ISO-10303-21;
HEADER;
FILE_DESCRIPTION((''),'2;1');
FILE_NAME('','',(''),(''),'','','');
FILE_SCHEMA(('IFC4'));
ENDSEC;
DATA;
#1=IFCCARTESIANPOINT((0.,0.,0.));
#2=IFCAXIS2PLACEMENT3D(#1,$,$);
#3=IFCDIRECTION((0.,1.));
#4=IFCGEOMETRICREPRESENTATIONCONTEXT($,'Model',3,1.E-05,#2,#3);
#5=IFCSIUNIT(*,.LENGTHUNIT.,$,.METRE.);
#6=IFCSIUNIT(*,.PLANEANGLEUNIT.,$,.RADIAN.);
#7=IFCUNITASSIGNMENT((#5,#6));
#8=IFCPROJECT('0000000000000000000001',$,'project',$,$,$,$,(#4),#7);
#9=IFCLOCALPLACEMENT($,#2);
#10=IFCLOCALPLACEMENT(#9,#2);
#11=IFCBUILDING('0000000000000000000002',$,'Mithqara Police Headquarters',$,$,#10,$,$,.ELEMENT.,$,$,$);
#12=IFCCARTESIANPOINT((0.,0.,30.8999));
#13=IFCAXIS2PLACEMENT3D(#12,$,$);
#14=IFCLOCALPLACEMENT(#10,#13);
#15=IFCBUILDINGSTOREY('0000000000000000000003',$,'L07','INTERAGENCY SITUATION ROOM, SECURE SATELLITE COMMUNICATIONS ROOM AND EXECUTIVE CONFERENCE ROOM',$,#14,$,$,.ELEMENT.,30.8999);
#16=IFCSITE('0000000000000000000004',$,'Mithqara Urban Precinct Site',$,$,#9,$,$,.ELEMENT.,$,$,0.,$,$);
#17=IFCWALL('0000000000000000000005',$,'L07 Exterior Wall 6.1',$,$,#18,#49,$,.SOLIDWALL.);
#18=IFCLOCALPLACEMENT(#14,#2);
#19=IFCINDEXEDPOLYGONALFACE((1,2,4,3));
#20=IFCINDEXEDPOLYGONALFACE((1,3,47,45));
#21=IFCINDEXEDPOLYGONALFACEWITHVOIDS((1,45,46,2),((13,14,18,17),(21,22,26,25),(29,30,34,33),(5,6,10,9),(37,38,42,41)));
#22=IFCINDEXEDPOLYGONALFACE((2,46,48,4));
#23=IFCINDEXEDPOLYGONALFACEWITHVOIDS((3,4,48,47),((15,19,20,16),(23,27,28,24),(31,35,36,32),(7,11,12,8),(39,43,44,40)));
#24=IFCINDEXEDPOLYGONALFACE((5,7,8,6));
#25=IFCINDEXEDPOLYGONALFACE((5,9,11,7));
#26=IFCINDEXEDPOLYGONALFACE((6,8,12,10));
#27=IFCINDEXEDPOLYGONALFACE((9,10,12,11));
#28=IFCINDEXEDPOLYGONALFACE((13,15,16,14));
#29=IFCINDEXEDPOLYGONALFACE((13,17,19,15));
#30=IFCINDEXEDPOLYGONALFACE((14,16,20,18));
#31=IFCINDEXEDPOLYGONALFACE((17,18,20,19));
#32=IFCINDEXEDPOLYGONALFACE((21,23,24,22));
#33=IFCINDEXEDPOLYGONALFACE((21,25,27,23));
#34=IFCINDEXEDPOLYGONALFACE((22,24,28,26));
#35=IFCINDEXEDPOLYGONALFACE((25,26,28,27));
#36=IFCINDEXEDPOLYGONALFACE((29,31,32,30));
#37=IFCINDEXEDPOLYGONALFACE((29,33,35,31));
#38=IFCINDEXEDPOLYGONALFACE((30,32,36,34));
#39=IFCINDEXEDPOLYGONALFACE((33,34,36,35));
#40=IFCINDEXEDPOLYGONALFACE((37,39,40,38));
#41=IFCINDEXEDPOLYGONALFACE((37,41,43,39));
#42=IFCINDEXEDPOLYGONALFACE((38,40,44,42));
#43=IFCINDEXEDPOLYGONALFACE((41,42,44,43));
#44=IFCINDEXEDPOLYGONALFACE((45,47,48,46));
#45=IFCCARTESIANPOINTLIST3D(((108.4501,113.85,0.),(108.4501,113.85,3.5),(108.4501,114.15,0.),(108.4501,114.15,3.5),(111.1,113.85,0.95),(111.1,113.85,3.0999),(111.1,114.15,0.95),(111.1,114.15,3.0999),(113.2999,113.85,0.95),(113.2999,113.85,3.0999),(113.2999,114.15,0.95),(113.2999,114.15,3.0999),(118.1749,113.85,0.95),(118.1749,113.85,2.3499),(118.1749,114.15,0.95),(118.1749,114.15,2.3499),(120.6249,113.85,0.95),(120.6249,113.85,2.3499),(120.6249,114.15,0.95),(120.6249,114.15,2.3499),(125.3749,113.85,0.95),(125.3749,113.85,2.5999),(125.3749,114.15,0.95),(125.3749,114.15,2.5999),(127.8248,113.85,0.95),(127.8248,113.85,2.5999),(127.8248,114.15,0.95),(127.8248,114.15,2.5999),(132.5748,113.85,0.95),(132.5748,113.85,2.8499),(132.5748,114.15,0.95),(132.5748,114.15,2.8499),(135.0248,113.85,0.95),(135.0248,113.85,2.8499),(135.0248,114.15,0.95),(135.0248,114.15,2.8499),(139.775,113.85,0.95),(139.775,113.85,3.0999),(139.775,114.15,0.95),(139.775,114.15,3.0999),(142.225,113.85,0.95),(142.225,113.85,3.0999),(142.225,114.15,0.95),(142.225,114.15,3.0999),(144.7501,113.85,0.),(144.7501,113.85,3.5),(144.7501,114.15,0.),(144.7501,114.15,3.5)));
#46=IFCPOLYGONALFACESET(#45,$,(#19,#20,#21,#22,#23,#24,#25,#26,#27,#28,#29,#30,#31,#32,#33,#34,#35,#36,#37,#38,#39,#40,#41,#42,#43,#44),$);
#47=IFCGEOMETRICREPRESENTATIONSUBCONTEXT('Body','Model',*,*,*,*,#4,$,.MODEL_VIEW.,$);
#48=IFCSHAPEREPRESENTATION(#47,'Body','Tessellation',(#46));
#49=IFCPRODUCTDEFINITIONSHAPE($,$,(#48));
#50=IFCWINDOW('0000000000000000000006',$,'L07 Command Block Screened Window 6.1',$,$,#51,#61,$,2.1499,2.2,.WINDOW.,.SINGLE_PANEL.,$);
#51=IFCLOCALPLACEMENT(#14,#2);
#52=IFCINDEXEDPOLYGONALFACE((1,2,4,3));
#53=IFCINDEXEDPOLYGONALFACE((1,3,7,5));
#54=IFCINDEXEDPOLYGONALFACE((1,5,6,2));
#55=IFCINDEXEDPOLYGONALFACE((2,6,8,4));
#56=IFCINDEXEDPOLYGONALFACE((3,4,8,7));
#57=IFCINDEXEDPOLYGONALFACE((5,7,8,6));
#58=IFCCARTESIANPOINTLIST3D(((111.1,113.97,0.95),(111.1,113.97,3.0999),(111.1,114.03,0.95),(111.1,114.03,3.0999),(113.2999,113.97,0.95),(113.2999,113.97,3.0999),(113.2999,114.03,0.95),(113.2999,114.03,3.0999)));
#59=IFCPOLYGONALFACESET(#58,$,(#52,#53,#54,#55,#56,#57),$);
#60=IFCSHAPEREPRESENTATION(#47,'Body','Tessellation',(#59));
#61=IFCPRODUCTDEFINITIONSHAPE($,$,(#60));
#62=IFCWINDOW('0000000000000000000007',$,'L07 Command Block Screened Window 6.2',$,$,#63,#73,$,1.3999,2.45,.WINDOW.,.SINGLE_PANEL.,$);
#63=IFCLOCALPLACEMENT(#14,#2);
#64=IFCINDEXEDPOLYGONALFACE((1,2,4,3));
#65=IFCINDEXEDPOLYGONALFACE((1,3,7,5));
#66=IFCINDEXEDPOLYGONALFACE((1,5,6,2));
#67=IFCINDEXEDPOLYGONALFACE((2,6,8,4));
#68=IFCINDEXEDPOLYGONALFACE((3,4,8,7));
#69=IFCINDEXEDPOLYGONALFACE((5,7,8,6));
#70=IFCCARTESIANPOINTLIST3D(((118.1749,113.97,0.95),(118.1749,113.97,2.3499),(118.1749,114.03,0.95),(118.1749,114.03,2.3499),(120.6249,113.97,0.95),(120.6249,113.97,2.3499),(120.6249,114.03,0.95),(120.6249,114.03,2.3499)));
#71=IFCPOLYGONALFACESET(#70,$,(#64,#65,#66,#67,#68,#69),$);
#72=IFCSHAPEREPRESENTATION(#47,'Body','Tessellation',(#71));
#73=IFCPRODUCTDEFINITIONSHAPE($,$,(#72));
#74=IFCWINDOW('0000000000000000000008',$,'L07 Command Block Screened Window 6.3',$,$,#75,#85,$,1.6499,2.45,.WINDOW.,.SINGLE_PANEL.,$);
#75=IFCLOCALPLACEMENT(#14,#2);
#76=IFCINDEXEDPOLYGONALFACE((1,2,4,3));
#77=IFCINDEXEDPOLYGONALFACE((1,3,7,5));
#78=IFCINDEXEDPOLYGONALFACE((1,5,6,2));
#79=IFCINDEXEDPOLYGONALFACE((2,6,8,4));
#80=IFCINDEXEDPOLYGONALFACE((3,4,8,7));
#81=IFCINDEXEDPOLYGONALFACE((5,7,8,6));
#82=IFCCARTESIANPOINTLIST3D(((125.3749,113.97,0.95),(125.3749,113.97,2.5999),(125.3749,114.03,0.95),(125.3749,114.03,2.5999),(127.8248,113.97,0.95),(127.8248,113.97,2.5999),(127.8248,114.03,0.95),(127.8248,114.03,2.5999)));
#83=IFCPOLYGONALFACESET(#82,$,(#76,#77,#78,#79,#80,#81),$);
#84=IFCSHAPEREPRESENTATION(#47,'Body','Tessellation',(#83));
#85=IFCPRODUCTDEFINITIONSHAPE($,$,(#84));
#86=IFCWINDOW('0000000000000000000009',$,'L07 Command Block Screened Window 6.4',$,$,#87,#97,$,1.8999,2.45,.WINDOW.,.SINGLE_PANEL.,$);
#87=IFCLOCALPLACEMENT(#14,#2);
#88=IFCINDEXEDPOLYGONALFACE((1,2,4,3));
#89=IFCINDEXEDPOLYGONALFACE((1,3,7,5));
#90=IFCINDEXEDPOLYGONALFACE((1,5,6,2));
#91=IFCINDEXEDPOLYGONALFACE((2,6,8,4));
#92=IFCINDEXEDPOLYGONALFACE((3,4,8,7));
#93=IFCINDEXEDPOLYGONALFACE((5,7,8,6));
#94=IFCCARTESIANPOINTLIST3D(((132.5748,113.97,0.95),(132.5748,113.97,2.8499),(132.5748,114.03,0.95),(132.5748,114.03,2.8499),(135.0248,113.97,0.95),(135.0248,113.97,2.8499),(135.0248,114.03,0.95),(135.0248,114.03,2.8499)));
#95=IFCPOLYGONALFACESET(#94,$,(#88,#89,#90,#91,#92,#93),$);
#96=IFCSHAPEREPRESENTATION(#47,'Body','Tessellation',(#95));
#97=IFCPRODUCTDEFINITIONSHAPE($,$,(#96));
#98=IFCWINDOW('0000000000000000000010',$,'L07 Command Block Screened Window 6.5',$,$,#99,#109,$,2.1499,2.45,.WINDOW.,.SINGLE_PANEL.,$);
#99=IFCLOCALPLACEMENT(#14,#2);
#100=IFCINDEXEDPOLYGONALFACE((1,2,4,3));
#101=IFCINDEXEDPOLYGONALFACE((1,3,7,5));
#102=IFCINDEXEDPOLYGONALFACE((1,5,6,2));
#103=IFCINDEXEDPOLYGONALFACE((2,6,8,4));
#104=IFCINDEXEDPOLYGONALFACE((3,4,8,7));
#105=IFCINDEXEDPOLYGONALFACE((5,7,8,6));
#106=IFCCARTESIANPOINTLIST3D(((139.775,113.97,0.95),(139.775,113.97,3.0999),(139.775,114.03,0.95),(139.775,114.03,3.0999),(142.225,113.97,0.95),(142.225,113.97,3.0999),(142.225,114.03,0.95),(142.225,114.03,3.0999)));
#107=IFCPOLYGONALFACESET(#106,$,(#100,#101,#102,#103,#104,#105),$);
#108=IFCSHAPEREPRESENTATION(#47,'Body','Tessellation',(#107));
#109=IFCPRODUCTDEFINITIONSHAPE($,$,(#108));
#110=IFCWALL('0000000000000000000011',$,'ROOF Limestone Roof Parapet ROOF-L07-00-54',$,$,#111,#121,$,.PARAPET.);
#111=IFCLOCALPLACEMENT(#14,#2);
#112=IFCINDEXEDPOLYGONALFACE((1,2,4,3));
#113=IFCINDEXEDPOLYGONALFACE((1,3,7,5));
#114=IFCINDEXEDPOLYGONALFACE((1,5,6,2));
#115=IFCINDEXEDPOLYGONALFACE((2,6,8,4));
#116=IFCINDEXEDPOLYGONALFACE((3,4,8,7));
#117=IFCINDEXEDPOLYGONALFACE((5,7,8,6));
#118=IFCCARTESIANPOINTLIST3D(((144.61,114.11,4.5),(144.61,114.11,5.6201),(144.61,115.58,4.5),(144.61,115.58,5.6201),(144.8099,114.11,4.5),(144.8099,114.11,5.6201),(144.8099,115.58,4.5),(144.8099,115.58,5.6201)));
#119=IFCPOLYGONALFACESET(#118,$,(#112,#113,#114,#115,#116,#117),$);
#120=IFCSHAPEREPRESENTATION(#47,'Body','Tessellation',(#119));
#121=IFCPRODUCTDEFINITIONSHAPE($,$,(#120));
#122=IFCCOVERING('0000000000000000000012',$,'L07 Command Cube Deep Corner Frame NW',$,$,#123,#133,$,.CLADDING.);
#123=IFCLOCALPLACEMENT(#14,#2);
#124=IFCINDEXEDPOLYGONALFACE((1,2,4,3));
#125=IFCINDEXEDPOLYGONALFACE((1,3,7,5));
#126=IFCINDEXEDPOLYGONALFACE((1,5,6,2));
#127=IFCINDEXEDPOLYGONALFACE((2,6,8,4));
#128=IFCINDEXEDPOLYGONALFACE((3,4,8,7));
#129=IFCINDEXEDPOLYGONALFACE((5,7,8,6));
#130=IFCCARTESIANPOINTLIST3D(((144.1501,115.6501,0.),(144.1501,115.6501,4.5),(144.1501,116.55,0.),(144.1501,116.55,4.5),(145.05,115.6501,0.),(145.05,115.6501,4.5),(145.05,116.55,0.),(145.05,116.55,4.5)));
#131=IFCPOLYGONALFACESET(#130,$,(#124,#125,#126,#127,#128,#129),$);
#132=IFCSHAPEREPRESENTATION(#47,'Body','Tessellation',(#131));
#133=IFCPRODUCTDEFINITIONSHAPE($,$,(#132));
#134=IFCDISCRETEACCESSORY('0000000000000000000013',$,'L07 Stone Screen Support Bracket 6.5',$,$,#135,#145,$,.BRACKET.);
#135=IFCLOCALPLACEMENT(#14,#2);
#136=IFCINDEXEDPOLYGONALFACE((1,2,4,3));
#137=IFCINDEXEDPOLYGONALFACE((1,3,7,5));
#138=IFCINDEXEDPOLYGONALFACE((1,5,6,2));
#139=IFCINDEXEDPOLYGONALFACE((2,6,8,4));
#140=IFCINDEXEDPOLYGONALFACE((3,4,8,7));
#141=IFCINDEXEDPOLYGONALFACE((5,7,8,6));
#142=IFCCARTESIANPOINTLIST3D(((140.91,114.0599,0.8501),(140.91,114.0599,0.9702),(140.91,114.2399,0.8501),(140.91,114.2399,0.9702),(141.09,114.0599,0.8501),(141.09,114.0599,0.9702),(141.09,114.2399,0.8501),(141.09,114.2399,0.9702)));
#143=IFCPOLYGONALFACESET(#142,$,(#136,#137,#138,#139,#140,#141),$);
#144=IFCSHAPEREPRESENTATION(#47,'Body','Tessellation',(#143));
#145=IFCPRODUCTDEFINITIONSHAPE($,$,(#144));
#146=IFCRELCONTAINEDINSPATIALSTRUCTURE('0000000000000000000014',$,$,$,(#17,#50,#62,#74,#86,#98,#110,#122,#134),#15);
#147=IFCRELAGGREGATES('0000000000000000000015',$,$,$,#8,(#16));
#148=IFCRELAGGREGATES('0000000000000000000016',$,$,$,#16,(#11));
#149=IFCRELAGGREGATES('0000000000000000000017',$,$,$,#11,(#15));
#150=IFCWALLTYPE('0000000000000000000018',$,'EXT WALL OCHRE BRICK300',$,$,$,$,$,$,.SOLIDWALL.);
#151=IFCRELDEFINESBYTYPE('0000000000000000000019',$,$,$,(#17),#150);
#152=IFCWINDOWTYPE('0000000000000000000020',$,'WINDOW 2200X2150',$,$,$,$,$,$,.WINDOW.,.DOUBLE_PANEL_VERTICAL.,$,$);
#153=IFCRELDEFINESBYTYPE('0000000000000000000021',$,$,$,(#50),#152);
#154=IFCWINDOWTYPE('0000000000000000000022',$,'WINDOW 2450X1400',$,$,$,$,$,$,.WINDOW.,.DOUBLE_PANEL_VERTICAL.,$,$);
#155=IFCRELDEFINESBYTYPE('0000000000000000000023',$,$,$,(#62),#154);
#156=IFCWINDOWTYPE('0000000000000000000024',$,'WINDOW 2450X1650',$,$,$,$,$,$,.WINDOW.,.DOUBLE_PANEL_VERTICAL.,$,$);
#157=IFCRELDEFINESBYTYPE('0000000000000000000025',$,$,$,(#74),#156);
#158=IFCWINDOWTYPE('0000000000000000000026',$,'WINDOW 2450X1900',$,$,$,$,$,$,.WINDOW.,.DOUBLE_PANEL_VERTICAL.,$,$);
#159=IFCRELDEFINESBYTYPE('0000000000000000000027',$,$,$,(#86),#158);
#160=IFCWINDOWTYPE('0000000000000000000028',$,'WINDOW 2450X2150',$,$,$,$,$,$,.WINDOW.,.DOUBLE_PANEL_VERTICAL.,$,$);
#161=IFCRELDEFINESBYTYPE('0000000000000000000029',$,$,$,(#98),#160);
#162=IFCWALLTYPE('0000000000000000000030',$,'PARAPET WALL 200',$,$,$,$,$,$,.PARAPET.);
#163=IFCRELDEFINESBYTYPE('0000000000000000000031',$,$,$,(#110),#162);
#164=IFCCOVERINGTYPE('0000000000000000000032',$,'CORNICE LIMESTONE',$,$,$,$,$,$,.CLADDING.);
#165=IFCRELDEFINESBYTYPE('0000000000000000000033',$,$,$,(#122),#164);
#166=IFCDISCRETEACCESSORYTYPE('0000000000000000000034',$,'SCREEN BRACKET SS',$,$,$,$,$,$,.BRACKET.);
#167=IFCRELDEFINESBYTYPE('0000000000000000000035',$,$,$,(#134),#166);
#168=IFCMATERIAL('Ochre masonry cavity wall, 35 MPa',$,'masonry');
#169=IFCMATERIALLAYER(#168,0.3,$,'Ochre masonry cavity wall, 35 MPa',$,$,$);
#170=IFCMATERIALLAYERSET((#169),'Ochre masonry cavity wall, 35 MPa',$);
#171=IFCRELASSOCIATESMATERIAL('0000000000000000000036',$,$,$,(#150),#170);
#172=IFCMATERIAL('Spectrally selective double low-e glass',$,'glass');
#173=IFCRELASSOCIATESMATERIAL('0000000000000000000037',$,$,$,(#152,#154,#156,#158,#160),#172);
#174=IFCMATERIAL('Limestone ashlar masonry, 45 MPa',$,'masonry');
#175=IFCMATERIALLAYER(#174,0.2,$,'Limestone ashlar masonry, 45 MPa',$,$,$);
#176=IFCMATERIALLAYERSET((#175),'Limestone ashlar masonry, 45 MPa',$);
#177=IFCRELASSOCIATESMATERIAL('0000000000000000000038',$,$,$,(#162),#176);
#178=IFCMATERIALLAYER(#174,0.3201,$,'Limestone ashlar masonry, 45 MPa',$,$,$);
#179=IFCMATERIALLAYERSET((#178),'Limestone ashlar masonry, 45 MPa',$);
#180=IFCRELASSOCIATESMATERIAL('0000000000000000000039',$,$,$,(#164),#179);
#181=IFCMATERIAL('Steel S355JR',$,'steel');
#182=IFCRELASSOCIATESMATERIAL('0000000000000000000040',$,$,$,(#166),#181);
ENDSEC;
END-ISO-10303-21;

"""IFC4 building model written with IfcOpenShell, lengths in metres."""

from ifc_helpers import new_model, si_unit, direction, frame, frame_2d, origin, origin_2d, place, context, subcontext, project, spatial, rectangle, extrude, material, layer, layer_set, type_object, element, fill, save


model = new_model("IFC4")

# Units and contexts
model_context = context("Model", 3, precision=1e-05, world=origin(), true_north=direction((0.0, 1.0)))
body_context = subcontext(model_context, "Body", "Model", "MODEL_VIEW")
ifc_project = project(units=[si_unit("LENGTHUNIT", "METRE"), si_unit("PLANEANGLEUNIT", "RADIAN")], contexts=[model_context])

# Site, building, storey
site_placement = place(None, origin())
site = spatial("IfcSite", under=ifc_project, at=site_placement, Name="Mithqara Urban Precinct Site", CompositionType="ELEMENT", RefElevation=0.0)
building_placement = place(site_placement, origin())
building = spatial("IfcBuilding", under=site, at=building_placement, Name="Mithqara Police Headquarters", CompositionType="ELEMENT")
storey_placement = place(building_placement, frame((0.0, 0.0, 30.8999)))
storey = spatial("IfcBuildingStorey", under=building, at=storey_placement, Name="L07", Description="INTERAGENCY SITUATION ROOM, SECURE SATELLITE COMMUNICATIONS ROOM AND EXECUTIVE CONFERENCE ROOM", CompositionType="ELEMENT", Elevation=30.8999)

# Shared definitions
ifc_material_1 = material(Name="Steel S355JR", Category="steel")

# Shared definitions
ifc_material_2 = material(Name="Limestone ashlar masonry, 45 MPa", Category="masonry")

# Wall, openings, windows
ifc_material_3 = material(Name="Ochre masonry cavity wall, 35 MPa", Category="masonry")
ifc_layer_1 = layer(ifc_material_3, 0.3, Name="Ochre masonry cavity wall, 35 MPa")
ifc_layer_set_1 = layer_set([ifc_layer_1], Name="Ochre masonry cavity wall, 35 MPa")
wall_type_1 = type_object("IfcWallType", Name="EXT WALL OCHRE BRICK300", PredefinedType="SOLIDWALL", material=ifc_layer_set_1)
wall_1_placement = place(storey_placement, frame((144.75, 114.0, 0.0), z_axis=(0.0, 0.0, 1.0), x_axis=(-1.0, 0.0, 0.0)))
wall_1 = element("IfcWall", 1, at=wall_1_placement, inside=storey, type_object=wall_type_1, Name="L07 Exterior Wall 6.1", PredefinedType="SOLIDWALL", context=body_context, shape_type="SweptSolid", body=[
    extrude(rectangle(XDim=36.3, YDim=0.3, at=frame_2d((18.1499, 0.0))), origin(), (0.0, 0.0, 1.0), 3.5),
])
opening_1_placement = place(wall_1_placement, frame((31.45, 0.0, 0.95)))
opening_1 = element("IfcOpeningElement", 2, at=opening_1_placement, cuts=wall_1, PredefinedType="OPENING", context=body_context, shape_type="SweptSolid", body=[
    extrude(rectangle(XDim=2.2, YDim=2.1499, at=frame_2d((1.1001, 1.075))), frame((0.0, 0.1602, 0.0), z_axis=(0.0, -1.0, 0.0), x_axis=(1.0, 0.0, 0.0)), (0.0, 0.0, 1.0), 0.3201),
])
opening_2_placement = place(wall_1_placement, frame((24.125, 0.0, 0.95)))
opening_2 = element("IfcOpeningElement", 3, at=opening_2_placement, cuts=wall_1, PredefinedType="OPENING", context=body_context, shape_type="SweptSolid", body=[
    extrude(rectangle(XDim=2.45, YDim=1.3999, at=frame_2d((1.2251, 0.7))), frame((0.0, 0.1602, 0.0), z_axis=(0.0, -1.0, 0.0), x_axis=(1.0, 0.0, 0.0)), (0.0, 0.0, 1.0), 0.3201),
])
opening_3_placement = place(wall_1_placement, frame((16.925, 0.0, 0.95)))
opening_3 = element("IfcOpeningElement", 4, at=opening_3_placement, cuts=wall_1, PredefinedType="OPENING", context=body_context, shape_type="SweptSolid", body=[
    extrude(rectangle(XDim=2.45, YDim=1.6499, at=frame_2d((1.2251, 0.825))), frame((0.0, 0.1602, 0.0), z_axis=(0.0, -1.0, 0.0), x_axis=(1.0, 0.0, 0.0)), (0.0, 0.0, 1.0), 0.3201),
])
opening_4_placement = place(wall_1_placement, frame((9.7251, 0.0, 0.95)))
opening_4 = element("IfcOpeningElement", 5, at=opening_4_placement, cuts=wall_1, PredefinedType="OPENING", context=body_context, shape_type="SweptSolid", body=[
    extrude(rectangle(XDim=2.45, YDim=1.8999, at=frame_2d((1.2251, 0.95))), frame((0.0, 0.1602, 0.0), z_axis=(0.0, -1.0, 0.0), x_axis=(1.0, 0.0, 0.0)), (0.0, 0.0, 1.0), 0.3201),
])
opening_5_placement = place(wall_1_placement, frame((2.5249, 0.0, 0.95)))
opening_5 = element("IfcOpeningElement", 6, at=opening_5_placement, cuts=wall_1, PredefinedType="OPENING", context=body_context, shape_type="SweptSolid", body=[
    extrude(rectangle(XDim=2.45, YDim=2.1499, at=frame_2d((1.2251, 1.075))), frame((0.0, 0.1602, 0.0), z_axis=(0.0, -1.0, 0.0), x_axis=(1.0, 0.0, 0.0)), (0.0, 0.0, 1.0), 0.3201),
])
ifc_material_4 = material(Name="Spectrally selective double low-e glass", Category="glass")
window_type_1 = type_object("IfcWindowType", Name="WINDOW 2200X2150", PartitioningType="DOUBLE_PANEL_VERTICAL", PredefinedType="WINDOW", material=ifc_material_4)
window_1_placement = place(opening_1_placement, origin())
window_1 = element("IfcWindow", 7, at=window_1_placement, inside=storey, type_object=window_type_1, Name="L07 Command Block Screened Window 6.1", OverallHeight=2.1499, OverallWidth=2.2, PartitioningType="SINGLE_PANEL", PredefinedType="WINDOW", context=body_context, shape_type="SweptSolid", body=[
    extrude(rectangle(XDim=2.2, YDim=2.1499, at=frame_2d((1.1001, 1.075))), frame((0.0, 0.03, 0.0), z_axis=(0.0, -1.0, 0.0), x_axis=(1.0, 0.0, 0.0)), (0.0, 0.0, 1.0), 0.0601),
])
fill(opening_1, window_1)
window_type_2 = type_object("IfcWindowType", Name="WINDOW 2450X1400", PartitioningType="DOUBLE_PANEL_VERTICAL", PredefinedType="WINDOW", material=ifc_material_4)
window_2_placement = place(opening_2_placement, origin())
window_2 = element("IfcWindow", 8, at=window_2_placement, inside=storey, type_object=window_type_2, Name="L07 Command Block Screened Window 6.2", OverallHeight=1.3999, OverallWidth=2.45, PartitioningType="SINGLE_PANEL", PredefinedType="WINDOW", context=body_context, shape_type="SweptSolid", body=[
    extrude(rectangle(XDim=2.45, YDim=1.3999, at=frame_2d((1.2251, 0.7))), frame((0.0, 0.03, 0.0), z_axis=(0.0, -1.0, 0.0), x_axis=(1.0, 0.0, 0.0)), (0.0, 0.0, 1.0), 0.0601),
])
fill(opening_2, window_2)
window_type_3 = type_object("IfcWindowType", Name="WINDOW 2450X1650", PartitioningType="DOUBLE_PANEL_VERTICAL", PredefinedType="WINDOW", material=ifc_material_4)
window_3_placement = place(opening_3_placement, origin())
window_3 = element("IfcWindow", 9, at=window_3_placement, inside=storey, type_object=window_type_3, Name="L07 Command Block Screened Window 6.3", OverallHeight=1.6499, OverallWidth=2.45, PartitioningType="SINGLE_PANEL", PredefinedType="WINDOW", context=body_context, shape_type="SweptSolid", body=[
    extrude(rectangle(XDim=2.45, YDim=1.6499, at=frame_2d((1.2251, 0.825))), frame((0.0, 0.03, 0.0), z_axis=(0.0, -1.0, 0.0), x_axis=(1.0, 0.0, 0.0)), (0.0, 0.0, 1.0), 0.0601),
])
fill(opening_3, window_3)
window_type_4 = type_object("IfcWindowType", Name="WINDOW 2450X1900", PartitioningType="DOUBLE_PANEL_VERTICAL", PredefinedType="WINDOW", material=ifc_material_4)
window_4_placement = place(opening_4_placement, origin())
window_4 = element("IfcWindow", 10, at=window_4_placement, inside=storey, type_object=window_type_4, Name="L07 Command Block Screened Window 6.4", OverallHeight=1.8999, OverallWidth=2.45, PartitioningType="SINGLE_PANEL", PredefinedType="WINDOW", context=body_context, shape_type="SweptSolid", body=[
    extrude(rectangle(XDim=2.45, YDim=1.8999, at=frame_2d((1.2251, 0.95))), frame((0.0, 0.03, 0.0), z_axis=(0.0, -1.0, 0.0), x_axis=(1.0, 0.0, 0.0)), (0.0, 0.0, 1.0), 0.0601),
])
fill(opening_4, window_4)
window_type_5 = type_object("IfcWindowType", Name="WINDOW 2450X2150", PartitioningType="DOUBLE_PANEL_VERTICAL", PredefinedType="WINDOW", material=ifc_material_4)
window_5_placement = place(opening_5_placement, origin())
window_5 = element("IfcWindow", 11, at=window_5_placement, inside=storey, type_object=window_type_5, Name="L07 Command Block Screened Window 6.5", OverallHeight=2.1499, OverallWidth=2.45, PartitioningType="SINGLE_PANEL", PredefinedType="WINDOW", context=body_context, shape_type="SweptSolid", body=[
    extrude(rectangle(XDim=2.45, YDim=2.1499, at=frame_2d((1.2251, 1.075))), frame((0.0, 0.03, 0.0), z_axis=(0.0, -1.0, 0.0), x_axis=(1.0, 0.0, 0.0)), (0.0, 0.0, 1.0), 0.0601),
])
fill(opening_5, window_5)

# Wall
ifc_layer_2 = layer(ifc_material_2, 0.2, Name="Limestone ashlar masonry, 45 MPa")
ifc_layer_set_2 = layer_set([ifc_layer_2], Name="Limestone ashlar masonry, 45 MPa")
wall_type_2 = type_object("IfcWallType", Name="PARAPET WALL 200", PredefinedType="PARAPET", material=ifc_layer_set_2)
wall_2_placement = place(storey_placement, frame((144.71, 114.1101, 4.5), z_axis=(0.0, 0.0, 1.0), x_axis=(0.0, 1.0, 0.0)))
element("IfcWall", 12, at=wall_2_placement, inside=storey, type_object=wall_type_2, Name="ROOF Limestone Roof Parapet ROOF-L07-00-54", PredefinedType="PARAPET", context=body_context, shape_type="SweptSolid", body=[
    extrude(rectangle(XDim=1.47, YDim=0.2, at=frame_2d((0.7349, 0.0))), origin(), (0.0, 0.0, 1.0), 1.1201),
])

# Covering
ifc_layer_3 = layer(ifc_material_2, 0.3201, Name="Limestone ashlar masonry, 45 MPa")
ifc_layer_set_3 = layer_set([ifc_layer_3], Name="Limestone ashlar masonry, 45 MPa")
covering_type = type_object("IfcCoveringType", Name="CORNICE LIMESTONE", PredefinedType="CLADDING", material=ifc_layer_set_3)
covering_placement = place(storey_placement, frame((144.6001, 116.1001, 0.0), z_axis=(0.0, 0.0, 1.0), x_axis=(1.0, 0.0, 0.0)))
element("IfcCovering", 13, at=covering_placement, inside=storey, type_object=covering_type, Name="L07 Command Cube Deep Corner Frame NW", PredefinedType="CLADDING", context=body_context, shape_type="SweptSolid", body=[
    extrude(rectangle(XDim=0.8999, YDim=0.8999, at=origin_2d()), origin(), (0.0, 0.0, 1.0), 4.5),
])

# Discrete accessory
discrete_accessory_type = type_object("IfcDiscreteAccessoryType", Name="SCREEN BRACKET SS", PredefinedType="BRACKET", material=ifc_material_1)
discrete_accessory_placement = place(storey_placement, frame((141.0, 114.1499, 0.8501), z_axis=(0.0, 0.0, 1.0), x_axis=(1.0, 0.0, 0.0)))
element("IfcDiscreteAccessory", 14, at=discrete_accessory_placement, inside=storey, type_object=discrete_accessory_type, Name="L07 Stone Screen Support Bracket 6.5", PredefinedType="BRACKET", context=body_context, shape_type="SweptSolid", body=[
    extrude(rectangle(XDim=0.1799, YDim=0.1799, at=origin_2d()), origin(), (0.0, 0.0, 1.0), 0.1201),
])

save(model, "model.ifc")
